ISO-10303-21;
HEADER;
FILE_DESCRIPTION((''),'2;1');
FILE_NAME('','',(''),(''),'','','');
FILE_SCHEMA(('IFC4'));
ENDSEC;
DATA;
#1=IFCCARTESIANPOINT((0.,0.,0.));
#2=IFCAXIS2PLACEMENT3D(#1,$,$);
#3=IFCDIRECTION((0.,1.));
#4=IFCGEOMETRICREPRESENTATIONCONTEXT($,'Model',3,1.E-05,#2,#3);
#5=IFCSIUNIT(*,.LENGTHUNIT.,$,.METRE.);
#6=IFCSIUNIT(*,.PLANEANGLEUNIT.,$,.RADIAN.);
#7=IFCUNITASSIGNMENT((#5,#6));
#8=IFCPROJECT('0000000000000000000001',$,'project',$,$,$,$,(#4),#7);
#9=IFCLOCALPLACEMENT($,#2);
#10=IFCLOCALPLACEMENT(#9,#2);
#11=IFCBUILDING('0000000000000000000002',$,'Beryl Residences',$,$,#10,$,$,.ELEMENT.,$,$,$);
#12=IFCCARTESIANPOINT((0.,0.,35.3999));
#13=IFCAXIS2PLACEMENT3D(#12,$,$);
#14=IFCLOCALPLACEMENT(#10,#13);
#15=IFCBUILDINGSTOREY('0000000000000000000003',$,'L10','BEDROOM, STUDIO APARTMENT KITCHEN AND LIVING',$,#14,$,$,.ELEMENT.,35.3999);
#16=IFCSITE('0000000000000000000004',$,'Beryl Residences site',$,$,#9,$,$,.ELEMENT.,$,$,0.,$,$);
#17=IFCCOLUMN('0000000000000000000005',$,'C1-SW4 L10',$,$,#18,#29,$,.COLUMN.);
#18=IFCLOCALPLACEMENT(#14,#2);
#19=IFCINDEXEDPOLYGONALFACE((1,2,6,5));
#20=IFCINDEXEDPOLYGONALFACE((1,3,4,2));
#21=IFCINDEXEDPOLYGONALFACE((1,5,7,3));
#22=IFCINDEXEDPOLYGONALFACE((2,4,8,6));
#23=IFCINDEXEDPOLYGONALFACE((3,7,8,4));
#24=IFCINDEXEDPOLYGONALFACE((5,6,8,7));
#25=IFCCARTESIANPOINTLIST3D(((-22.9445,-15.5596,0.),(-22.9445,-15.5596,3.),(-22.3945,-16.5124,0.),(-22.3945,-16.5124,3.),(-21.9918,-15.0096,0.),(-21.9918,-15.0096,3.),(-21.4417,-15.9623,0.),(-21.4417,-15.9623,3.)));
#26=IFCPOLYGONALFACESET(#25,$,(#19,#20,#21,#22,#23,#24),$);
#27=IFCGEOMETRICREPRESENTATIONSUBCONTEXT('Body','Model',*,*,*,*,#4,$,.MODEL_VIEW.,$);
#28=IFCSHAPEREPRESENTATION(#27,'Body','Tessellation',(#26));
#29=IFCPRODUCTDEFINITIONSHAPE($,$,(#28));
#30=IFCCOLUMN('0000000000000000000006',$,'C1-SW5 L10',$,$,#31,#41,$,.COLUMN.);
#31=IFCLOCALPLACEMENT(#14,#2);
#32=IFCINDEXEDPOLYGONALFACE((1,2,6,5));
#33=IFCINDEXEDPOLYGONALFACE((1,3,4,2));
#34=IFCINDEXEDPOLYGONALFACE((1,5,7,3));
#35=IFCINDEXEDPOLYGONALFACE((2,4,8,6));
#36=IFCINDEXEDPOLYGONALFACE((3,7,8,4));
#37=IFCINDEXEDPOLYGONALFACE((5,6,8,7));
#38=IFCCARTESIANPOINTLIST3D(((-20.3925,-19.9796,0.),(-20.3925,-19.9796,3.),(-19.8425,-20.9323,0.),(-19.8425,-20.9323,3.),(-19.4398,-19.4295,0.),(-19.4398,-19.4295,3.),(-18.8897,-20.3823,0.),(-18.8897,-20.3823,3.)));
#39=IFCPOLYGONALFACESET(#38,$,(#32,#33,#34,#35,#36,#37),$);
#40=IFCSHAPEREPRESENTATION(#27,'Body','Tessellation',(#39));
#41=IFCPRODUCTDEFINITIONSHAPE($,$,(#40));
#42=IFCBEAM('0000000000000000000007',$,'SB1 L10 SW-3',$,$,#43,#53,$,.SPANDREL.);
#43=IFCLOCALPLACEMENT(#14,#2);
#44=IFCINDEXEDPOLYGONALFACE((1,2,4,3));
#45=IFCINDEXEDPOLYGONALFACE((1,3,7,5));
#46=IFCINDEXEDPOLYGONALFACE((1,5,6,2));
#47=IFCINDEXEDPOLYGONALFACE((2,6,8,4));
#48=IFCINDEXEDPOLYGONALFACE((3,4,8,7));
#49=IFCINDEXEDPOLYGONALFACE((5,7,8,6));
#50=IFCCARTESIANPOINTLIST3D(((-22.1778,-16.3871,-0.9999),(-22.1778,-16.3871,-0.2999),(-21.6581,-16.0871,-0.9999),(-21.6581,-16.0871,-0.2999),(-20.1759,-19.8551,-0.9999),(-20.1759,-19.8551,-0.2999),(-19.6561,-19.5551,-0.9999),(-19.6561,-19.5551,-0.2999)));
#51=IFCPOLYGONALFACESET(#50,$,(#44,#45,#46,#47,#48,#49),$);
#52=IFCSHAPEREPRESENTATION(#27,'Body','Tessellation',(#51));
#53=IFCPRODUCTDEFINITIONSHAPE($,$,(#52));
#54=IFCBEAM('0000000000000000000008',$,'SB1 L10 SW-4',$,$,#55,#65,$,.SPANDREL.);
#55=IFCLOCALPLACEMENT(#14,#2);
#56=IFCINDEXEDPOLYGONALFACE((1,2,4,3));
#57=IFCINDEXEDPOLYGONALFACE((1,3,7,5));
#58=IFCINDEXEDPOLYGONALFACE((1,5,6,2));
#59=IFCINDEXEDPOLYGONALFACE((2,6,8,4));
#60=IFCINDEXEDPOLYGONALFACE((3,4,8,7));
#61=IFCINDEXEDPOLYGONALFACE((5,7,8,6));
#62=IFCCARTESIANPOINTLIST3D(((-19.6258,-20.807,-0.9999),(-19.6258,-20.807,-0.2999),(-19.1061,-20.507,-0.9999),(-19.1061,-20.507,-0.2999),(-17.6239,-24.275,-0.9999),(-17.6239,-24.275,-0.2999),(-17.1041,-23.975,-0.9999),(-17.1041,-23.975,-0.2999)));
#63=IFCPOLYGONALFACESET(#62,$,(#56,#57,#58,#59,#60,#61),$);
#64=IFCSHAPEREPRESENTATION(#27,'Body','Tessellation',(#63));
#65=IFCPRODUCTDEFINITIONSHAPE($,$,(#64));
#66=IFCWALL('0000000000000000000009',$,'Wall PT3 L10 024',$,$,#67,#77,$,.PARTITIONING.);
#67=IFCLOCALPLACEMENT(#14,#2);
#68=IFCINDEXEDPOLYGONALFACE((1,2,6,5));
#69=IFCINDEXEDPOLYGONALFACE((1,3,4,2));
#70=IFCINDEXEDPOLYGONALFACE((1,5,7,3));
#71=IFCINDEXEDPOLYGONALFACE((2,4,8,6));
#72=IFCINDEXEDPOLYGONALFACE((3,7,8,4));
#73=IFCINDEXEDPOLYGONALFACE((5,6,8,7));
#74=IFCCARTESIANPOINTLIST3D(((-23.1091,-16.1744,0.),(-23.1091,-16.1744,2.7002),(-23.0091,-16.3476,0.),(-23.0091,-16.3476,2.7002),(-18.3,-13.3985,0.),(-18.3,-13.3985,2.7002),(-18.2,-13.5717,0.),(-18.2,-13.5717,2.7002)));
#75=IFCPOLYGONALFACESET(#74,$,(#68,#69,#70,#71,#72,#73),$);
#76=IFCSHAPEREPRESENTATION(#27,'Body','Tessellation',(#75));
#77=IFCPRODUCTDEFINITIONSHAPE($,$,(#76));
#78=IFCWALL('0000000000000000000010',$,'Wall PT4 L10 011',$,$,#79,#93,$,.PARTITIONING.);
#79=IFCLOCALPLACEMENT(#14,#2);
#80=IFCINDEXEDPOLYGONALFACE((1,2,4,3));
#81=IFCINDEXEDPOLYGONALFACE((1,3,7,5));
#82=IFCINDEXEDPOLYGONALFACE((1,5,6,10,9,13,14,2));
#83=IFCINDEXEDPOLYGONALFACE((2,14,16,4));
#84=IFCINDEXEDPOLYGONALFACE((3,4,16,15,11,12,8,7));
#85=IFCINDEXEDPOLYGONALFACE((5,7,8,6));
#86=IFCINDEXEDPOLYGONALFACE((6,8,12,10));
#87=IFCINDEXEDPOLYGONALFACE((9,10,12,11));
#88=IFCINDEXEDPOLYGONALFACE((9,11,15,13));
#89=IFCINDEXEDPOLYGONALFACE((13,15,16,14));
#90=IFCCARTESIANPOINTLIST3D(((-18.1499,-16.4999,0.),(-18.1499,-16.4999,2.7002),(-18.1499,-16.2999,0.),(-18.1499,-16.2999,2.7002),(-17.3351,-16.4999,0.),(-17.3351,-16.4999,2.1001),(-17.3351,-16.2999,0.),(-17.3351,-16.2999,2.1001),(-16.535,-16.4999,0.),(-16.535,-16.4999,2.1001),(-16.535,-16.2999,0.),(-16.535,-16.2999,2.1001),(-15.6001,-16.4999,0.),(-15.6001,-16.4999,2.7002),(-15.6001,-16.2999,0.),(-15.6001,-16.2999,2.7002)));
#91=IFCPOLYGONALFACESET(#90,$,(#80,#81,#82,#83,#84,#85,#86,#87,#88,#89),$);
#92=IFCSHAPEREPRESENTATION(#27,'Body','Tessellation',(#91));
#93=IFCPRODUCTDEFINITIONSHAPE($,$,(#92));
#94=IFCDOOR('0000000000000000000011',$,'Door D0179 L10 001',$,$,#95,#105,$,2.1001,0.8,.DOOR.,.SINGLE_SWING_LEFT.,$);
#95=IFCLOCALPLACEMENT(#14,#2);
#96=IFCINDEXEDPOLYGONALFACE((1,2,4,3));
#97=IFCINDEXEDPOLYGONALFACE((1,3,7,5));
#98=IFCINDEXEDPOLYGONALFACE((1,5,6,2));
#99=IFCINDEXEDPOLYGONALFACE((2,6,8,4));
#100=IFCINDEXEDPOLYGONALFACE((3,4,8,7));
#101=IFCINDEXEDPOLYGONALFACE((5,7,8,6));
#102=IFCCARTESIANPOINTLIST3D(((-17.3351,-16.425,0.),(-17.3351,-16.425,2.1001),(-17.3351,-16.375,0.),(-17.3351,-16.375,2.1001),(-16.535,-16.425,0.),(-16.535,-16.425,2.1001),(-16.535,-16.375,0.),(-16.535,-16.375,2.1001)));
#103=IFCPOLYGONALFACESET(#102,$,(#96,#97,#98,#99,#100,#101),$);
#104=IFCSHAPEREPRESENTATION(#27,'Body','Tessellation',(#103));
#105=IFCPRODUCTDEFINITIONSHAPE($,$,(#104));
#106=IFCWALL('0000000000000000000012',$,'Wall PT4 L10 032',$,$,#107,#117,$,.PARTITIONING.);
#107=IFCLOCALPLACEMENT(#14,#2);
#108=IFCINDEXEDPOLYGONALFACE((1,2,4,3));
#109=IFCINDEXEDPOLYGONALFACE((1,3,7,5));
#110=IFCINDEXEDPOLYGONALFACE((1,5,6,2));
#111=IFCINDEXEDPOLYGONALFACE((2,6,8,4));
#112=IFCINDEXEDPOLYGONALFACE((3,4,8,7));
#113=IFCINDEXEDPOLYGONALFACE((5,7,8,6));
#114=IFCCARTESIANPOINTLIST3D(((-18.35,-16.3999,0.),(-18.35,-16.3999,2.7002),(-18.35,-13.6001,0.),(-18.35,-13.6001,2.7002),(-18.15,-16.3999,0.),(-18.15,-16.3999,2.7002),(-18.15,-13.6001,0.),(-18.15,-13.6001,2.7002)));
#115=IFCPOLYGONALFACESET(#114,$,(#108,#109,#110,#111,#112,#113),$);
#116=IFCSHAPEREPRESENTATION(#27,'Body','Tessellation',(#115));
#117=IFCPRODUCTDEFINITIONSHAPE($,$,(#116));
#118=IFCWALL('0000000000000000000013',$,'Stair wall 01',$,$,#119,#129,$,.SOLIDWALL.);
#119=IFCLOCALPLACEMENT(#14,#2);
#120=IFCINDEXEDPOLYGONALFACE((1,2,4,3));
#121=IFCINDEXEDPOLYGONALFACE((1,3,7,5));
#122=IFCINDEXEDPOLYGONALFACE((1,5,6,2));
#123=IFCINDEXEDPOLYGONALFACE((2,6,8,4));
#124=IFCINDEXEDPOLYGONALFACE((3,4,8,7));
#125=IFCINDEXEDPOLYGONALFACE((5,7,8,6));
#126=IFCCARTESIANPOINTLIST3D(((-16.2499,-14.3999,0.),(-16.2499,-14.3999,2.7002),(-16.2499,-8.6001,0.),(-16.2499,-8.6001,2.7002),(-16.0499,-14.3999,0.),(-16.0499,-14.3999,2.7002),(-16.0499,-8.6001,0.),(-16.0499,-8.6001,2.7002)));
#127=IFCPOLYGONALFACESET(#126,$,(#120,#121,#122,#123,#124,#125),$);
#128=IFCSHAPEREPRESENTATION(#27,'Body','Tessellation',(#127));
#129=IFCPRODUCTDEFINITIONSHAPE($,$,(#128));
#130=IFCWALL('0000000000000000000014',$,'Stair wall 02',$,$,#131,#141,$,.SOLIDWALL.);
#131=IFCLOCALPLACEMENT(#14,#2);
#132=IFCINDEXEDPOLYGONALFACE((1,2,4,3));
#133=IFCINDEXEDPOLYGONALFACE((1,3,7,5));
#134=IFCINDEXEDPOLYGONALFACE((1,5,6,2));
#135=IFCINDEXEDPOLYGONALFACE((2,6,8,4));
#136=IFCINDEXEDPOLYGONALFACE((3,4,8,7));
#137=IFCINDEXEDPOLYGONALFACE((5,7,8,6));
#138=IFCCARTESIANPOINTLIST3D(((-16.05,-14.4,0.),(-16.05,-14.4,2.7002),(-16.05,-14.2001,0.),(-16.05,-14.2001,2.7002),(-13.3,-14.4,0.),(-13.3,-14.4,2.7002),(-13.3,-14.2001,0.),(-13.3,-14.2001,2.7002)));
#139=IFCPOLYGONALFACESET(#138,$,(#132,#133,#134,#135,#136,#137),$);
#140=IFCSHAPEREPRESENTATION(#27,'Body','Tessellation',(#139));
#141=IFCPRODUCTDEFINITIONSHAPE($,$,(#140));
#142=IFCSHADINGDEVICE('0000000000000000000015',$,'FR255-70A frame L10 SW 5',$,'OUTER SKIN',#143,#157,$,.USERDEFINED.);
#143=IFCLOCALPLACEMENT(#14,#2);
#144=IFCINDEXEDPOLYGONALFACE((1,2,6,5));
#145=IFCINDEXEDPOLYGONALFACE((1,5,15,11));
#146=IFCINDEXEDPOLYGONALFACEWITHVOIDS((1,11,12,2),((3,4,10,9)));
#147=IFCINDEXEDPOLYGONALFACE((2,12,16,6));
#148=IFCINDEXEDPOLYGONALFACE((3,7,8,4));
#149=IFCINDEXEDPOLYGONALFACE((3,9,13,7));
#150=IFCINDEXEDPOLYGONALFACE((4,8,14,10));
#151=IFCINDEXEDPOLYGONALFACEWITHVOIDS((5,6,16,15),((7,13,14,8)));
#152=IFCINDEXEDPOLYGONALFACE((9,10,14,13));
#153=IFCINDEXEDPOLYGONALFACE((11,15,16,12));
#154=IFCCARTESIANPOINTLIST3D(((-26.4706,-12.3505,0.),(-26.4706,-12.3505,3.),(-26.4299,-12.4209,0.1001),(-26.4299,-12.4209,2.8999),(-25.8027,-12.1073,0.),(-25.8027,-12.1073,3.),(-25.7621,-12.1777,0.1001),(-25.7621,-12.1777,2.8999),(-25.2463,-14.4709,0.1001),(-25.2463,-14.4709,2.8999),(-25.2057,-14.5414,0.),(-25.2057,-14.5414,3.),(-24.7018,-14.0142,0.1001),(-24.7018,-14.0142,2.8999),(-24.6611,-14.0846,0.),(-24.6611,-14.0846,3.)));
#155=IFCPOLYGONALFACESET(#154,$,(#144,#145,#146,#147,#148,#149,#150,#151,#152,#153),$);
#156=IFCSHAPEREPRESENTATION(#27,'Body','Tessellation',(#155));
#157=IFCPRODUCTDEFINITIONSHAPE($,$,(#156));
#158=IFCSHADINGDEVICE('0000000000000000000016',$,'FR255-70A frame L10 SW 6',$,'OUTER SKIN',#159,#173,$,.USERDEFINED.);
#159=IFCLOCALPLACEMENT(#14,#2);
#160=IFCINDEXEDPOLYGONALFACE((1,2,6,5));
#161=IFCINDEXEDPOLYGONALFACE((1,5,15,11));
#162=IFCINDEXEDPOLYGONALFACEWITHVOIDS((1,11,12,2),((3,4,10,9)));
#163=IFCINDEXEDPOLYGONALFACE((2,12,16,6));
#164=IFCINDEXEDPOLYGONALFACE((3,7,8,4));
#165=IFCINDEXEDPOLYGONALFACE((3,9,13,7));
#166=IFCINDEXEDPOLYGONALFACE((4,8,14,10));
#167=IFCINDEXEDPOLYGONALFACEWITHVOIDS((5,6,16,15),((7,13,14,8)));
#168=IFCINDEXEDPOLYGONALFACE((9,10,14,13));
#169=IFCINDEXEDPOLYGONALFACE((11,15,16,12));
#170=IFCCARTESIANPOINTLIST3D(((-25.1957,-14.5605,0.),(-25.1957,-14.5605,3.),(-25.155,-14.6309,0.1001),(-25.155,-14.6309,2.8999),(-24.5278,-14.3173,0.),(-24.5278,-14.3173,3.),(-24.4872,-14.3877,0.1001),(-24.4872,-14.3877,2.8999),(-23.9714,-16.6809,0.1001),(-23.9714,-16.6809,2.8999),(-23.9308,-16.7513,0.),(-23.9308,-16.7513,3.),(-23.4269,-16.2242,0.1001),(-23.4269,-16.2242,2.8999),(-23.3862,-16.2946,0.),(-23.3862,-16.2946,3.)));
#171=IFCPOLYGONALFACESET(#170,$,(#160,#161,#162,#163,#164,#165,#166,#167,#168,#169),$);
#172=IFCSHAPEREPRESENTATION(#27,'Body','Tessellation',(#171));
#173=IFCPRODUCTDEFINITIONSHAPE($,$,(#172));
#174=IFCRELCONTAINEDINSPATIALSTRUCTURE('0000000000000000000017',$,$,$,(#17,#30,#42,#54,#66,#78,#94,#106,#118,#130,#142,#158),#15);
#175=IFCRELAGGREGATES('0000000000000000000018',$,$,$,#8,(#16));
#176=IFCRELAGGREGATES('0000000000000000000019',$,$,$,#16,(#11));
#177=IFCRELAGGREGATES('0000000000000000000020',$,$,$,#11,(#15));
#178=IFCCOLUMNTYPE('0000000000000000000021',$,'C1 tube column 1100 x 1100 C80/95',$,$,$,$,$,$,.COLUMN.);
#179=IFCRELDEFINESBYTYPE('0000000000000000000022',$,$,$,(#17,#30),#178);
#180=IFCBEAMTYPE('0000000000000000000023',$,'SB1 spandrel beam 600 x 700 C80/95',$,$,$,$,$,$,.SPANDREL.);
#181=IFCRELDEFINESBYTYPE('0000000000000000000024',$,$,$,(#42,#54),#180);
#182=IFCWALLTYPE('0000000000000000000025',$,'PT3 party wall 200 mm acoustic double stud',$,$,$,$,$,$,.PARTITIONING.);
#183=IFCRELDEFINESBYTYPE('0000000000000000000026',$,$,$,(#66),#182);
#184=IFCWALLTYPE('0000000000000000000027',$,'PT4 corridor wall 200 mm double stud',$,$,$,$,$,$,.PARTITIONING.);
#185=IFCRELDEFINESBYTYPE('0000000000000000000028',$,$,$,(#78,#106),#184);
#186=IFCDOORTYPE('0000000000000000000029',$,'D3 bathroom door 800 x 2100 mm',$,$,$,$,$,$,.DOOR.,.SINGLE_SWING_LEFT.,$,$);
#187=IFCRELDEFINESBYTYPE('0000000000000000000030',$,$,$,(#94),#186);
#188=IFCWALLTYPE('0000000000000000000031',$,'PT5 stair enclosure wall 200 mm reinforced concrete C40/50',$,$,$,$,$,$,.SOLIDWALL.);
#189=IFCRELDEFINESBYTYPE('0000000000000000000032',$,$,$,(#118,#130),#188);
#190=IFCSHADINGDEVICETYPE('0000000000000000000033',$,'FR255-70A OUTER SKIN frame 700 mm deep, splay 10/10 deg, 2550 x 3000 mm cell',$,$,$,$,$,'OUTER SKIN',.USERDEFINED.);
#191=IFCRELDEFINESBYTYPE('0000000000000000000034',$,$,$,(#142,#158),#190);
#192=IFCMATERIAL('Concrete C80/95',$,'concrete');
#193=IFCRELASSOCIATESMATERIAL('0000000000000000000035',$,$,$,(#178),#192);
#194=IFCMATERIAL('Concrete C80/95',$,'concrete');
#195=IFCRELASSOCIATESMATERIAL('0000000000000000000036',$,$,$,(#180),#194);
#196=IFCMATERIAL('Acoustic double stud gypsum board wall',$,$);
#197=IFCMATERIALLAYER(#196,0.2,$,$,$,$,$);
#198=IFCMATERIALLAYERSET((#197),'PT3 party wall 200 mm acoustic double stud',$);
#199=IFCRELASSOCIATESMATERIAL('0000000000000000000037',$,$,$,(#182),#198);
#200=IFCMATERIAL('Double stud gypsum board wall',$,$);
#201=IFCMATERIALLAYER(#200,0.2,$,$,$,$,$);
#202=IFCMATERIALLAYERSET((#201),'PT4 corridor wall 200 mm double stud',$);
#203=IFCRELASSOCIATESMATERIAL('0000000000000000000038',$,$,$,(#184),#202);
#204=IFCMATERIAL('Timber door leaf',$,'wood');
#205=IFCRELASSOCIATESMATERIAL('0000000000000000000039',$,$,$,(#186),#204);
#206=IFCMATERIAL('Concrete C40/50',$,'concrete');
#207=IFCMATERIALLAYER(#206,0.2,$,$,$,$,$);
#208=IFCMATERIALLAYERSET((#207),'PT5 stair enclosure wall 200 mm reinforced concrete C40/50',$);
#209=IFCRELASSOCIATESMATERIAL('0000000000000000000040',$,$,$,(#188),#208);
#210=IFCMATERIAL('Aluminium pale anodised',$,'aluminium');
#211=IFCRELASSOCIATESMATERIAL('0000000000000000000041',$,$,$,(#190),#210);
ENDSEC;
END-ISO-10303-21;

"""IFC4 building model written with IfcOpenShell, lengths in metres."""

from ifc_helpers import new_model, entity, si_unit, direction, frame, frame_2d, origin, origin_2d, place, context, subcontext, project, spatial, rectangle, extrude, source, transform, mapped, material, layer, layer_set, material_profile, profile_set, type_object, type_shapes, element, fill, save


model = new_model("IFC4")

# Units and contexts
model_context = context("Model", 3, precision=1e-05, world=origin(), true_north=direction((0.0, 1.0)))
body_context = subcontext(model_context, "Body", "Model", "MODEL_VIEW")
ifc_project = project(units=[si_unit("LENGTHUNIT", "METRE"), si_unit("PLANEANGLEUNIT", "RADIAN")], contexts=[model_context])

# Site, building, storey
site_placement = place(None, origin())
site = spatial("IfcSite", under=ifc_project, at=site_placement, Name="Beryl Residences site", CompositionType="ELEMENT", RefElevation=0.0)
building_placement = place(site_placement, origin())
building = spatial("IfcBuilding", under=site, at=building_placement, Name="Beryl Residences", CompositionType="ELEMENT")
storey_placement = place(building_placement, frame((0.0, 0.0, 35.3999)))
storey = spatial("IfcBuildingStorey", under=building, at=storey_placement, Name="L10", Description="BEDROOM, STUDIO APARTMENT KITCHEN AND LIVING", CompositionType="ELEMENT", Elevation=35.3999)

# Columns
ifc_material_1 = material(Name="Concrete C80/95", Category="concrete")
ifc_material_profile_1 = material_profile(ifc_material_1, rectangle(XDim=1.1001, YDim=1.1001, at=origin_2d()))
ifc_profile_set_1 = profile_set([ifc_material_profile_1], Name="Concrete C80/95")
column_type = type_object("IfcColumnType", Name="C1 tube column 1100 x 1100 C80/95", PredefinedType="COLUMN", material=ifc_profile_set_1)
for number, where, z_axis, x_axis, name in (
    (1, (-22.1931, -15.761, 0.0), (0.0, 0.0, 1.0), (0.499985, -0.866034, 0.0), "C1-SW4 L10"),
    (2, (-19.6411, -20.1809, 0.0), (0.0, 0.0, 1.0), (0.499985, -0.866034, 0.0), "C1-SW5 L10"),
):
    element("IfcColumn", number, at=place(storey_placement, frame(where, z_axis=z_axis, x_axis=x_axis)), inside=storey, type_object=column_type, Name=name, PredefinedType="COLUMN", context=body_context, shape_type="SweptSolid", body=[
        extrude(rectangle(XDim=1.1001, YDim=1.1001, at=origin_2d()), origin(), (0.0, 0.0, 1.0), 3.0),
    ])

# Beams
ifc_material_2 = material(Name="Concrete C80/95", Category="concrete")
ifc_material_profile_2 = material_profile(ifc_material_2, rectangle(XDim=0.6001, YDim=0.7, at=origin_2d()))
ifc_profile_set_2 = profile_set([ifc_material_profile_2], Name="Concrete C80/95")
beam_type = type_object("IfcBeamType", Name="SB1 spandrel beam 600 x 700 C80/95", PredefinedType="SPANDREL", material=ifc_profile_set_2)
for number, where, z_axis, x_axis, name in (
    (3, (-21.918, -16.2371, -0.6499), (0.499942, -0.866059, 0.0), (0.866059, 0.499942, 0.0), "SB1 L10 SW-3"),
    (4, (-19.366, -20.657, -0.6499), (0.499942, -0.866059, 0.0), (0.866059, 0.499942, 0.0), "SB1 L10 SW-4"),
):
    element("IfcBeam", number, at=place(storey_placement, frame(where, z_axis=z_axis, x_axis=x_axis)), inside=storey, type_object=beam_type, Name=name, PredefinedType="SPANDREL", context=body_context, shape_type="SweptSolid", body=[
        extrude(rectangle(XDim=0.6001, YDim=0.7, at=origin_2d()), origin(), (0.0, 0.0, 1.0), 4.0044),
    ])

# Wall
ifc_material_3 = material(Name="Acoustic double stud gypsum board wall")
ifc_layer_1 = layer(ifc_material_3, 0.2)
ifc_layer_set_1 = layer_set([ifc_layer_1], Name="PT3 party wall 200 mm acoustic double stud")
wall_type_1 = type_object("IfcWallType", Name="PT3 party wall 200 mm acoustic double stud", PredefinedType="PARTITIONING", material=ifc_layer_set_1)
wall_1_placement = place(storey_placement, frame((-23.0591, -16.261, 0.0), z_axis=(0.0, 0.0, 1.0), x_axis=(0.866076, 0.499913, 0.0)))
element("IfcWall", 5, at=wall_1_placement, inside=storey, type_object=wall_type_1, Name="Wall PT3 L10 024", PredefinedType="PARTITIONING", context=body_context, shape_type="SweptSolid", body=[
    extrude(rectangle(XDim=5.5527, YDim=0.2, at=frame_2d((2.7764, 0.0))), origin(), (0.0, 0.0, 1.0), 2.7002),
])

# Wall, opening, door
ifc_material_4 = material(Name="Double stud gypsum board wall")
ifc_layer_2 = layer(ifc_material_4, 0.2)
ifc_layer_set_2 = layer_set([ifc_layer_2], Name="PT4 corridor wall 200 mm double stud")
wall_type_2 = type_object("IfcWallType", Name="PT4 corridor wall 200 mm double stud", PredefinedType="PARTITIONING", material=ifc_layer_set_2)
wall_2_placement = place(storey_placement, frame((-18.1499, -16.3999, 0.0), z_axis=(0.0, 0.0, 1.0), x_axis=(1.0, 0.0, 0.0)))
wall_2 = element("IfcWall", 6, at=wall_2_placement, inside=storey, type_object=wall_type_2, Name="Wall PT4 L10 011", PredefinedType="PARTITIONING", context=body_context, shape_type="SweptSolid", body=[
    extrude(rectangle(XDim=2.5498, YDim=0.2, at=frame_2d((1.2749, 0.0))), origin(), (0.0, 0.0, 1.0), 2.7002),
])
opening_placement = place(wall_2_placement, frame((0.8149, 0.0, 0.0)))
opening = element("IfcOpeningElement", 7, at=opening_placement, cuts=wall_2, PredefinedType="OPENING", context=body_context, shape_type="SweptSolid", body=[
    extrude(rectangle(XDim=0.8, YDim=2.1001, at=frame_2d((0.3999, 1.05))), frame((0.0, 0.1099, 0.0), z_axis=(0.0, -1.0, 0.0), x_axis=(1.0, 0.0, 0.0)), (0.0, 0.0, 1.0), 0.22),
])
ifc_material_5 = material(Name="Timber door leaf", Category="wood")
door_type = type_object("IfcDoorType", Name="D3 bathroom door 800 x 2100 mm", OperationType="SINGLE_SWING_LEFT", PredefinedType="DOOR", material=ifc_material_5)
door_placement = place(opening_placement, origin())
door = element("IfcDoor", 8, at=door_placement, inside=storey, type_object=door_type, Name="Door D0179 L10 001", OperationType="SINGLE_SWING_LEFT", OverallHeight=2.1001, OverallWidth=0.8, PredefinedType="DOOR", context=body_context, shape_type="SweptSolid", body=[
    extrude(rectangle(XDim=0.8, YDim=2.1001, at=frame_2d((0.3999, 1.05))), frame((0.0, 0.0249, 0.0), z_axis=(0.0, -1.0, 0.0), x_axis=(1.0, 0.0, 0.0)), (0.0, 0.0, 1.0), 0.05),
])
fill(opening, door)

# Walls
wall_3_placement = place(storey_placement, frame((-18.25, -16.3999, 0.0), z_axis=(0.0, 0.0, 1.0), x_axis=(0.0, 1.0, 0.0)))
element("IfcWall", 9, at=wall_3_placement, inside=storey, type_object=wall_type_2, Name="Wall PT4 L10 032", PredefinedType="PARTITIONING", context=body_context, shape_type="SweptSolid", body=[
    extrude(rectangle(XDim=2.7998, YDim=0.2, at=frame_2d((1.3999, 0.0))), origin(), (0.0, 0.0, 1.0), 2.7002),
])
ifc_material_6 = material(Name="Concrete C40/50", Category="concrete")
ifc_layer_3 = layer(ifc_material_6, 0.2)
ifc_layer_set_3 = layer_set([ifc_layer_3], Name="PT5 stair enclosure wall 200 mm reinforced concrete C40/50")
wall_type_3 = type_object("IfcWallType", Name="PT5 stair enclosure wall 200 mm reinforced concrete C40/50", PredefinedType="SOLIDWALL", material=ifc_layer_set_3)
wall_4_placement = place(storey_placement, frame((-16.1499, -14.3999, 0.0), z_axis=(0.0, 0.0, 1.0), x_axis=(0.0, 1.0, 0.0)))
element("IfcWall", 10, at=wall_4_placement, inside=storey, type_object=wall_type_3, Name="Stair wall 01", PredefinedType="SOLIDWALL", context=body_context, shape_type="SweptSolid", body=[
    extrude(rectangle(XDim=5.7998, YDim=0.2, at=frame_2d((2.8999, 0.0))), origin(), (0.0, 0.0, 1.0), 2.7002),
])
wall_5_placement = place(storey_placement, frame((-16.05, -14.3, 0.0), z_axis=(0.0, 0.0, 1.0), x_axis=(1.0, 0.0, 0.0)))
element("IfcWall", 11, at=wall_5_placement, inside=storey, type_object=wall_type_3, Name="Stair wall 02", PredefinedType="SOLIDWALL", context=body_context, shape_type="SweptSolid", body=[
    extrude(rectangle(XDim=2.75, YDim=0.2, at=frame_2d((1.375, 0.0))), origin(), (0.0, 0.0, 1.0), 2.7002),
])

# Shading devices
ifc_material_7 = material(Name="Aluminium pale anodised", Category="aluminium")
shading_device_type = type_object("IfcShadingDeviceType", Name="FR255-70A OUTER SKIN frame 700 mm deep, splay 10/10 deg, 2550 x 3000 mm cell", ElementType="OUTER SKIN", PredefinedType="USERDEFINED", material=ifc_material_7)
cartesian_point_1 = entity("IfcCartesianPoint", [-1.1416, 0.0])
cartesian_point_2 = entity("IfcCartesianPoint", [-1.0603, 0.1001])
cartesian_point_3 = entity("IfcCartesianPoint", [-1.2649, 0.0])
cartesian_point_4 = entity("IfcCartesianPoint", [-1.1836, 0.1001])
shared_shape = source(origin(), body_context, "Body", "SweptSolid", [
    entity("IfcExtrudedAreaSolidTapered", entity("IfcArbitraryProfileDefWithVoids", "AREA", None, entity("IfcPolyline", [cartesian_point_1, entity("IfcCartesianPoint", [1.1416, 0.0]), entity("IfcCartesianPoint", [1.1416, 3.0]), entity("IfcCartesianPoint", [-1.1416, 3.0]), cartesian_point_1]), [entity("IfcPolyline", [cartesian_point_2, entity("IfcCartesianPoint", [1.0603, 0.1001]), entity("IfcCartesianPoint", [1.0603, 2.8999]), entity("IfcCartesianPoint", [-1.0603, 2.8999]), cartesian_point_2])]), entity("IfcAxis2Placement3D", entity("IfcCartesianPoint", [0.0, 0.0, 0.0]), entity("IfcDirection", [0.0, 1.0, 0.0]), entity("IfcDirection", [-1.0, 0.0, 0.0])), entity("IfcDirection", [0.0, 0.0, 1.0]), 0.7, entity("IfcArbitraryProfileDefWithVoids", "AREA", None, entity("IfcPolyline", [cartesian_point_3, entity("IfcCartesianPoint", [1.2649, 0.0]), entity("IfcCartesianPoint", [1.2649, 3.0]), entity("IfcCartesianPoint", [-1.2649, 3.0]), cartesian_point_3]), [entity("IfcPolyline", [cartesian_point_4, entity("IfcCartesianPoint", [1.1836, 0.1001]), entity("IfcCartesianPoint", [1.1836, 2.8999]), entity("IfcCartesianPoint", [-1.1836, 2.8999]), cartesian_point_4])])),
])
type_shapes(shading_device_type, [shared_shape])
for number, where, z_axis, x_axis, name in (
    (12, (-25.2319, -13.0959, 0.0), (0.0, 0.0, 1.0), (-0.5, 0.866025, 0.0), "FR255-70A frame L10 SW 5"),
    (13, (-23.957, -15.3059, 0.0), (0.0, 0.0, 1.0), (-0.5, 0.866025, 0.0), "FR255-70A frame L10 SW 6"),
):
    element("IfcShadingDevice", number, at=place(storey_placement, frame(where, z_axis=z_axis, x_axis=x_axis)), inside=storey, type_object=shading_device_type, Name=name, ObjectType="OUTER SKIN", PredefinedType="USERDEFINED", context=body_context, shape_type="MappedRepresentation", body=[
        mapped(shared_shape, transform((0.0, 0.0, 0.0))),
    ])

save(model, "model.ifc")
